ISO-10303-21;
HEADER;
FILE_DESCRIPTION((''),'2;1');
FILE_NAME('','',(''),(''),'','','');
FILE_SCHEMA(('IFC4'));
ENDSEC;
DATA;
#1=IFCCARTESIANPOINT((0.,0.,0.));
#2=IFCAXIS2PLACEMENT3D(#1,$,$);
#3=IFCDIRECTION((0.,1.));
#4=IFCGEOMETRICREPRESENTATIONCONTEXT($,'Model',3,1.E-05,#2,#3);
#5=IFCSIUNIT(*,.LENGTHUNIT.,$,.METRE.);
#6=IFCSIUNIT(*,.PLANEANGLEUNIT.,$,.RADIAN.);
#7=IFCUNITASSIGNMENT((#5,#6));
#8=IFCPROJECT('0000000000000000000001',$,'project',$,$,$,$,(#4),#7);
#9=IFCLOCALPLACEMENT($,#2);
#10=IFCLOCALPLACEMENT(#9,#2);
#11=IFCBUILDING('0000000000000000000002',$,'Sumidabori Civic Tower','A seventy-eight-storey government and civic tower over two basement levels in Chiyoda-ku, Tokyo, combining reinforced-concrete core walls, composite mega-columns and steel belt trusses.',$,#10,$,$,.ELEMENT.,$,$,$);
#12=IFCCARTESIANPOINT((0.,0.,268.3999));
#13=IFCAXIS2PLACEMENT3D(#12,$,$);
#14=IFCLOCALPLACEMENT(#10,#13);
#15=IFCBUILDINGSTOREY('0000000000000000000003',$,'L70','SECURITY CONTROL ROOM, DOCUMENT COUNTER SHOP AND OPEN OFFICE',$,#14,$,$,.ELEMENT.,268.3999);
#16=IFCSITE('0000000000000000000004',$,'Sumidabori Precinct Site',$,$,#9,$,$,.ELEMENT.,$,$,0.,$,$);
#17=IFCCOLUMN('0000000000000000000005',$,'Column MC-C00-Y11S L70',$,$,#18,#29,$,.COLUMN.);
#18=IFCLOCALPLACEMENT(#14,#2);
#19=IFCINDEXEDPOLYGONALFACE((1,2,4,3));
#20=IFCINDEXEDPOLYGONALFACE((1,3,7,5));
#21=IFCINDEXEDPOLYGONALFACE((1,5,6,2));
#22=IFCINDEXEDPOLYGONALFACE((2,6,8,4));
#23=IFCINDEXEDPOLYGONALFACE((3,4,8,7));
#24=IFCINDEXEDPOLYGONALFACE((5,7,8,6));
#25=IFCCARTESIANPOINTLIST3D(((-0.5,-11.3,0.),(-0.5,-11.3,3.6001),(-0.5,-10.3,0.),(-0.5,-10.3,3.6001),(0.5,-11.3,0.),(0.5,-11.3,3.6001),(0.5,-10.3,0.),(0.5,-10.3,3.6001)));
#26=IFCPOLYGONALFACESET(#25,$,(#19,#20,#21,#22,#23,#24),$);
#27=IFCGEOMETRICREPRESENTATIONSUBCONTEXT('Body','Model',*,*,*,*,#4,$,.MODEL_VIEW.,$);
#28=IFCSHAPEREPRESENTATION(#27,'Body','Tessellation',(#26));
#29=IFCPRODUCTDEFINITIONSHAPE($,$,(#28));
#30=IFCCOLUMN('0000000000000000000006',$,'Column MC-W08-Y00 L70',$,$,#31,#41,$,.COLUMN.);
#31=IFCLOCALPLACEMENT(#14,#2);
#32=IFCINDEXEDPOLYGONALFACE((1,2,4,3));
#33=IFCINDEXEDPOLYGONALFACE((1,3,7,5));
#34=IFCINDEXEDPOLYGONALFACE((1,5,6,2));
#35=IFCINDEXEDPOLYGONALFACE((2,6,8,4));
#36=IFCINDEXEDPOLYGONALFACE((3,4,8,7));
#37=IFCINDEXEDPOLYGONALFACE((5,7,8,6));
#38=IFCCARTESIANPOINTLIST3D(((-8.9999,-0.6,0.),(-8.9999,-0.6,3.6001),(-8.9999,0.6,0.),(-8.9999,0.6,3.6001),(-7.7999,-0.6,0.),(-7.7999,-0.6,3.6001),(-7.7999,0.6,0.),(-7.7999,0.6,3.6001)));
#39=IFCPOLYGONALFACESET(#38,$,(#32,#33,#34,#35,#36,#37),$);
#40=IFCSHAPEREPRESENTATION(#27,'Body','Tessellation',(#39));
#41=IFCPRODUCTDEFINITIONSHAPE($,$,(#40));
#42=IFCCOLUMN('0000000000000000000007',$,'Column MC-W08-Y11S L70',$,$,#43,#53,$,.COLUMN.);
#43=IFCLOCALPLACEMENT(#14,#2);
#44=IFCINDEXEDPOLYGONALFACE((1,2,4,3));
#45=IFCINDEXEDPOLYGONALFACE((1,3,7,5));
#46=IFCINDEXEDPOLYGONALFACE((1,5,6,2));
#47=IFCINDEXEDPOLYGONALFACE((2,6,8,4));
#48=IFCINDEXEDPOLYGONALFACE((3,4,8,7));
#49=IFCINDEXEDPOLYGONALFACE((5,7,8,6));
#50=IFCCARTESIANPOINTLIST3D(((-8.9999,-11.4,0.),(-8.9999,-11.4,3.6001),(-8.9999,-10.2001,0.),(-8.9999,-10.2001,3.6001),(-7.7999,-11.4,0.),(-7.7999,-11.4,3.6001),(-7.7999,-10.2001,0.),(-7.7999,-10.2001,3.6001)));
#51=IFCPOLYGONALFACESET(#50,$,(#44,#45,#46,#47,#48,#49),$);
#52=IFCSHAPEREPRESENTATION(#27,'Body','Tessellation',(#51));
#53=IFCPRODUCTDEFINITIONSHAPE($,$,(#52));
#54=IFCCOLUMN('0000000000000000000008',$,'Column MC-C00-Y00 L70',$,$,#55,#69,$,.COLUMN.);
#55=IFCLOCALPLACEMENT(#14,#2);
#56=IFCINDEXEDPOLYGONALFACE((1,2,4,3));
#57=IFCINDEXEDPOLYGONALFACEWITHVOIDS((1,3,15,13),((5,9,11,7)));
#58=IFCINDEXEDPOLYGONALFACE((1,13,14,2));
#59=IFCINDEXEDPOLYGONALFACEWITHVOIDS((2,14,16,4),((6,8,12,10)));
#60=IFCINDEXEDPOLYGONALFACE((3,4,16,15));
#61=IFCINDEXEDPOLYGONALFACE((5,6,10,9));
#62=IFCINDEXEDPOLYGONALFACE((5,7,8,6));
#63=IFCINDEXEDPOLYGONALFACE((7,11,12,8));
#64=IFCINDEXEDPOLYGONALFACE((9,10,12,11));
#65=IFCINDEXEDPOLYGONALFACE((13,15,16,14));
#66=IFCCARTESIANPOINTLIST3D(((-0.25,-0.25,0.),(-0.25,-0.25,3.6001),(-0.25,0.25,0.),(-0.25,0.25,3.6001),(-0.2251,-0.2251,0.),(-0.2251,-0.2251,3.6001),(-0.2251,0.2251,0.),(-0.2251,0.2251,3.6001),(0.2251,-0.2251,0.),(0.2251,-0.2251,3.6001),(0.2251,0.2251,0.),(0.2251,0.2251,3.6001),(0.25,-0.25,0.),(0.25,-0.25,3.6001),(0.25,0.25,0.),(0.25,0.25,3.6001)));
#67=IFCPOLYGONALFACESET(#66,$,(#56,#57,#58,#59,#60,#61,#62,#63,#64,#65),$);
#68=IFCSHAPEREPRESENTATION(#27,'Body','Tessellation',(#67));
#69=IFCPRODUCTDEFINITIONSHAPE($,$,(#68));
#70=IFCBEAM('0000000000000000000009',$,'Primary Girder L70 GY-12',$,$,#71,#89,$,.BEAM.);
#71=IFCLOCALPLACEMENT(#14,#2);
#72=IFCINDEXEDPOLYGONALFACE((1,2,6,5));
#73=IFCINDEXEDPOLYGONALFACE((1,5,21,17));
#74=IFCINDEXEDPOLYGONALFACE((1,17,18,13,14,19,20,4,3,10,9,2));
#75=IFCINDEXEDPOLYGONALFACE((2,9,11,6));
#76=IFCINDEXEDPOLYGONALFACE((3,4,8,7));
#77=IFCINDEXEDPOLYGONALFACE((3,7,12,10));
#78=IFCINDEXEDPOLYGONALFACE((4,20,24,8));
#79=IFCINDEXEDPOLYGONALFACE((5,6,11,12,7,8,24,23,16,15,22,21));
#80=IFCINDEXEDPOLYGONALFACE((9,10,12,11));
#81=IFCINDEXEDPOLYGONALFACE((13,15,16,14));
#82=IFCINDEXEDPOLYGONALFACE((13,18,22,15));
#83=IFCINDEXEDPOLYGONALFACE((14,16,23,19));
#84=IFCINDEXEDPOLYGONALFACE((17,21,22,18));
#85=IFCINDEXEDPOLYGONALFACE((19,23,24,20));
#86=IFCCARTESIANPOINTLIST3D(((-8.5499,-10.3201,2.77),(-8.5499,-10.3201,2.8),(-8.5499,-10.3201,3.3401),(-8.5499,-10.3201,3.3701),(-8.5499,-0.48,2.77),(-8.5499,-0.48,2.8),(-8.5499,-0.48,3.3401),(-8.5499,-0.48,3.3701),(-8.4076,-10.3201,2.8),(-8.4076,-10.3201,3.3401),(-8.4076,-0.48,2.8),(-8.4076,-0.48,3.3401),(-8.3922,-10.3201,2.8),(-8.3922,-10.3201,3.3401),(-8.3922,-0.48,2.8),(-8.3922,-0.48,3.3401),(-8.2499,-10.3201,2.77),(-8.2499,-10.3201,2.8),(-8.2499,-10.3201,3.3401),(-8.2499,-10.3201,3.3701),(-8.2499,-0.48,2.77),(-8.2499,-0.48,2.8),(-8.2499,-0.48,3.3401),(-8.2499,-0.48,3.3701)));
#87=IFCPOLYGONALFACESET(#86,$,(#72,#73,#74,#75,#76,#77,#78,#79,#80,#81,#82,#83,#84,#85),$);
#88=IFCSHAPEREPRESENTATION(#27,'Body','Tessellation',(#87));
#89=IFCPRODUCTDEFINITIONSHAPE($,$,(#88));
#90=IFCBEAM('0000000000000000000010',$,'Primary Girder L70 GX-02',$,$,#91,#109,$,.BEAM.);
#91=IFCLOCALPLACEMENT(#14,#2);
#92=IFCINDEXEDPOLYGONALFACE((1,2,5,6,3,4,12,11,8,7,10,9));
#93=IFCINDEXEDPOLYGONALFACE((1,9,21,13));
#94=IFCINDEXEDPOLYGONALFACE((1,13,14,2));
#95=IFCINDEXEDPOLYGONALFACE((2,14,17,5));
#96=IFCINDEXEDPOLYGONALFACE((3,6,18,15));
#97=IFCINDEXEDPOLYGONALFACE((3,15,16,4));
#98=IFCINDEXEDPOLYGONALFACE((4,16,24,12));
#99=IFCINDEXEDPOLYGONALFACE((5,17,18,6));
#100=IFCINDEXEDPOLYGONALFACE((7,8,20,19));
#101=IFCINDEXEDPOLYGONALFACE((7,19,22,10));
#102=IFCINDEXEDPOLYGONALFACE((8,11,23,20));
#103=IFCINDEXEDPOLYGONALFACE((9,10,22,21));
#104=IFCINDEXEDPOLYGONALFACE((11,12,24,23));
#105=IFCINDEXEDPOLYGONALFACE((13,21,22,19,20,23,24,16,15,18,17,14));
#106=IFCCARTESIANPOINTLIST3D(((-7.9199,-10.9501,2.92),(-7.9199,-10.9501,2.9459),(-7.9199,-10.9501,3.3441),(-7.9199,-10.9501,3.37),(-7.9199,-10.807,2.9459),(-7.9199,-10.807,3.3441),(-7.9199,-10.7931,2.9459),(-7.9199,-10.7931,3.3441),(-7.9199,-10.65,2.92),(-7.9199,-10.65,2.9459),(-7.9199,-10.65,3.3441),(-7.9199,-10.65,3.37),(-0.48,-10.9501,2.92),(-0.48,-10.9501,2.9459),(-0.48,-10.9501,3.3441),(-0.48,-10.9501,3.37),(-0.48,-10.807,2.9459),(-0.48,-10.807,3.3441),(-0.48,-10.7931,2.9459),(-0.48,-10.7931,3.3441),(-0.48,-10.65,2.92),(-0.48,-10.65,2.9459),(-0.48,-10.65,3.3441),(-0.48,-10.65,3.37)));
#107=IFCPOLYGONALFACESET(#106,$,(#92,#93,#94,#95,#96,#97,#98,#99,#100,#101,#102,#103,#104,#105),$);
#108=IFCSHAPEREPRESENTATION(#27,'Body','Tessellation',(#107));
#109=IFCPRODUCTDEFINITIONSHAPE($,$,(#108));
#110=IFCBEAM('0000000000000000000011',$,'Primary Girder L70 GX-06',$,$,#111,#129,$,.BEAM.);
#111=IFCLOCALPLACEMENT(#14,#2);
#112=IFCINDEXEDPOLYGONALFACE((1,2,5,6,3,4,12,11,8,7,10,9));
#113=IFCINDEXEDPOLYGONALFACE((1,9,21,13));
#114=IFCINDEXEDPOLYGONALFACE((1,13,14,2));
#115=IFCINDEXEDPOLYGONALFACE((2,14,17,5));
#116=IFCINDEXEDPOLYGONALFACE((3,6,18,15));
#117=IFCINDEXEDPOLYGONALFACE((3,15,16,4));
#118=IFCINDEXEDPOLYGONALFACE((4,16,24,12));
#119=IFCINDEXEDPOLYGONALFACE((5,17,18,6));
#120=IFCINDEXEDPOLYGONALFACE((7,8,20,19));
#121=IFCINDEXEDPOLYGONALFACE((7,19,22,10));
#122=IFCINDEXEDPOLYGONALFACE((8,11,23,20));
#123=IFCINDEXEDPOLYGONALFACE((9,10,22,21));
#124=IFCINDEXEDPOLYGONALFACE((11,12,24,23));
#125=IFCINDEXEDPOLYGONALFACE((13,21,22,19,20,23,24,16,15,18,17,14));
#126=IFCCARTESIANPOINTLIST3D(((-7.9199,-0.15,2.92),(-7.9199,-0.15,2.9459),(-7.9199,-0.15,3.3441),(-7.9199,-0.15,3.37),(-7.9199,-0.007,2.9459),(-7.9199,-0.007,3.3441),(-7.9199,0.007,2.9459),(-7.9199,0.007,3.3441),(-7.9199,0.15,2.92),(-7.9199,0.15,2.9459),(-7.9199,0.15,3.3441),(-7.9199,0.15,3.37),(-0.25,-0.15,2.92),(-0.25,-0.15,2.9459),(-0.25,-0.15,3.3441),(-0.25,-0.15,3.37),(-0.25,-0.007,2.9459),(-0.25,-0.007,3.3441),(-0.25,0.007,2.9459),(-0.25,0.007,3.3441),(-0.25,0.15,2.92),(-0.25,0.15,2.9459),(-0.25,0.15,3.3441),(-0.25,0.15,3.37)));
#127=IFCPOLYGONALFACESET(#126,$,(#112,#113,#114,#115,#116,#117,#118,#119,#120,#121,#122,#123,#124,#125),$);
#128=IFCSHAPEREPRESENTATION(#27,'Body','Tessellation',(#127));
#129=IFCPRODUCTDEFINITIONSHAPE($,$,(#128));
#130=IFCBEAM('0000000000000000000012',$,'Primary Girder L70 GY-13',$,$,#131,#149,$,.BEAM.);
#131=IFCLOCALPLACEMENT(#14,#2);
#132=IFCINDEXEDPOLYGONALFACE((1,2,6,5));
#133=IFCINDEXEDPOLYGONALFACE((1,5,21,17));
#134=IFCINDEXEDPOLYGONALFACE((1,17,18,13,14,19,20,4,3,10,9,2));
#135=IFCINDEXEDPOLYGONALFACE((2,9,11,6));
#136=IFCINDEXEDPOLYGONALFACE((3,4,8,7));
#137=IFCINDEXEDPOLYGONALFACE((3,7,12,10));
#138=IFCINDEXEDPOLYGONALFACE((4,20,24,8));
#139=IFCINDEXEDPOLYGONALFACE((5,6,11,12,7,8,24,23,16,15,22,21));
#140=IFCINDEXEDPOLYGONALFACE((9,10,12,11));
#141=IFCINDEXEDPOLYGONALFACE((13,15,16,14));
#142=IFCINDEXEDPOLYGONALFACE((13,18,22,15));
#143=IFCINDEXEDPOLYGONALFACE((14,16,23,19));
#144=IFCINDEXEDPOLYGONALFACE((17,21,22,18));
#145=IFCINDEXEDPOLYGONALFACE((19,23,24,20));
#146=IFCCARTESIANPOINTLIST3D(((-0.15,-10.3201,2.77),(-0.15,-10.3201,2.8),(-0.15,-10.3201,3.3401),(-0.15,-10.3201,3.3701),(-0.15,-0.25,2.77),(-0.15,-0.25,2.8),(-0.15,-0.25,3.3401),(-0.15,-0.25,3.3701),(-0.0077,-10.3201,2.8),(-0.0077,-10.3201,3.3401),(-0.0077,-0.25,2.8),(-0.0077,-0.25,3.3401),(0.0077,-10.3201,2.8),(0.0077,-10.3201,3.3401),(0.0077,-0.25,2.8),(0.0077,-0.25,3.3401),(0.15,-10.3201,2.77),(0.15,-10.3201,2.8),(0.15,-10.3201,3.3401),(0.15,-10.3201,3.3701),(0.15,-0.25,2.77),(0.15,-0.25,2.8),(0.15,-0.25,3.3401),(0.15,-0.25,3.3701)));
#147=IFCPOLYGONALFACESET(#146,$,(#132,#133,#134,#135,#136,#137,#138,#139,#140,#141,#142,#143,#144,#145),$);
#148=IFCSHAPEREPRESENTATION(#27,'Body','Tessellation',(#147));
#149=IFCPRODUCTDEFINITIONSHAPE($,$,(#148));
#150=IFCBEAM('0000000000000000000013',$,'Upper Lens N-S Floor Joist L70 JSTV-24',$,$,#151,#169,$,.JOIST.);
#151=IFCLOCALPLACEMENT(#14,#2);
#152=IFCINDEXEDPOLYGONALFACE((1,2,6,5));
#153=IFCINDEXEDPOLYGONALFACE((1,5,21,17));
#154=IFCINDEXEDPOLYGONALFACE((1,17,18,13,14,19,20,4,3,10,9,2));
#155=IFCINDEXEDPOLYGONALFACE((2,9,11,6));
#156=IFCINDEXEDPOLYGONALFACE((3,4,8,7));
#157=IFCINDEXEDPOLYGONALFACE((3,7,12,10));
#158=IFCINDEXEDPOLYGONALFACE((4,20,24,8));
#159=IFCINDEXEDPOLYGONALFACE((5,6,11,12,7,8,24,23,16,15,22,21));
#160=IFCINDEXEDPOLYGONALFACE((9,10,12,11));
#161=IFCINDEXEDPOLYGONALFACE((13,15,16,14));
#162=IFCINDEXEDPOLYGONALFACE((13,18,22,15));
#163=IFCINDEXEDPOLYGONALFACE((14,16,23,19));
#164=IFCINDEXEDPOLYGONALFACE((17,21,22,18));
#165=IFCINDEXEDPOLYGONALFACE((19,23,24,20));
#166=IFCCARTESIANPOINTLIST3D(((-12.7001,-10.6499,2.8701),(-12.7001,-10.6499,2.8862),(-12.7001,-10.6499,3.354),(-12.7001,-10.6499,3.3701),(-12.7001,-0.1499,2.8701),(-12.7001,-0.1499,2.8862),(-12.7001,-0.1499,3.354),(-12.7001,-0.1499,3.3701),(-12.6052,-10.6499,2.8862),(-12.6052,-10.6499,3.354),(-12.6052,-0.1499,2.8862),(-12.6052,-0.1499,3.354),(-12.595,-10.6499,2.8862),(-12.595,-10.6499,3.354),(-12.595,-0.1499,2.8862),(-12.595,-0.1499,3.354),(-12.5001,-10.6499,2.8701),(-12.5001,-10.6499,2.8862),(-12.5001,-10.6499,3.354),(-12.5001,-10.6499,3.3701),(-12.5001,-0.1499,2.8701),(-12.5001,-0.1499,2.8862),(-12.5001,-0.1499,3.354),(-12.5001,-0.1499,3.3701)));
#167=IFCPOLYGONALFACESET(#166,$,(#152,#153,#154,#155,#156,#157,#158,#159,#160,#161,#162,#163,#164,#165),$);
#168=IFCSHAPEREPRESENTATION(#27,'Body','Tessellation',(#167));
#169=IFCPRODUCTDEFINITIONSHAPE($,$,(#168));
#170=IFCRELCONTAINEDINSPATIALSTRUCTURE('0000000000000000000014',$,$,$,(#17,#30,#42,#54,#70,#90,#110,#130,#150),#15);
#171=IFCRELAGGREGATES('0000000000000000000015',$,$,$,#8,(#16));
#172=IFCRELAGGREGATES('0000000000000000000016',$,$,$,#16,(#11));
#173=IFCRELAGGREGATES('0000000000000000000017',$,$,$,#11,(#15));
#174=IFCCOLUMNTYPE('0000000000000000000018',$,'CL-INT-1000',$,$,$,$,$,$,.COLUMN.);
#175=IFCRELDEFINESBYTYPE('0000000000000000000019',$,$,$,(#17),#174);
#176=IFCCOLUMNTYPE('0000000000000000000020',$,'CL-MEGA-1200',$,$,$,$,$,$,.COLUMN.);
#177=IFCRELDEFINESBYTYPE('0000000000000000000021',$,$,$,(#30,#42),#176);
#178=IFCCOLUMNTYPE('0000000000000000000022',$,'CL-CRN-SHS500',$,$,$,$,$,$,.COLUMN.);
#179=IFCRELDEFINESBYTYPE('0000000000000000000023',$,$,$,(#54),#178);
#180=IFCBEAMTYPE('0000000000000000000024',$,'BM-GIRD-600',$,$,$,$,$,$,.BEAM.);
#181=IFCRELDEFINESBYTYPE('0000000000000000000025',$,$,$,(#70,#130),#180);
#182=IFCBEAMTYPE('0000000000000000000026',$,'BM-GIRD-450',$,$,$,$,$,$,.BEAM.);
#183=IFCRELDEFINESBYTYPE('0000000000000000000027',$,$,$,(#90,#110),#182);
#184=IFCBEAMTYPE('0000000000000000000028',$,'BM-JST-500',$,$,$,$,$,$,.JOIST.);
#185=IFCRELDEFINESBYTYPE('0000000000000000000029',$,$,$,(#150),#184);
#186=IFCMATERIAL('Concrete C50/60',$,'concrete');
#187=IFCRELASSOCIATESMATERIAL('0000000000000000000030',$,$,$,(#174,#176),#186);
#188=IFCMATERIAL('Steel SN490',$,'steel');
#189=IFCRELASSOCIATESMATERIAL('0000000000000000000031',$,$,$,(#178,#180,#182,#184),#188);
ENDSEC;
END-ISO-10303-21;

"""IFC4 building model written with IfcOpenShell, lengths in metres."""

from ifc_helpers import new_model, si_unit, direction, frame, origin, origin_with_axes, origin_2d, place, context, subcontext, project, spatial, rectangle, hollow_rectangle, i_section, extrude, source, transform, mapped, material, material_profile, profile_set, type_object, element, save


model = new_model("IFC4")

# Units and contexts
model_context = context("Model", 3, precision=1e-05, world=origin(), true_north=direction((0.0, 1.0)))
body_context = subcontext(model_context, "Body", "Model", "MODEL_VIEW")
ifc_project = project(units=[si_unit("LENGTHUNIT", "METRE"), si_unit("PLANEANGLEUNIT", "RADIAN")], contexts=[model_context])

# Site, building, storey
site_placement = place(None, origin())
site = spatial("IfcSite", under=ifc_project, at=site_placement, Name="Sumidabori Precinct Site", CompositionType="ELEMENT", RefElevation=0.0)
building_placement = place(site_placement, origin())
building = spatial("IfcBuilding", under=site, at=building_placement, Name="Sumidabori Civic Tower", Description="A seventy-eight-storey government and civic tower over two basement levels in Chiyoda-ku, Tokyo, combining reinforced-concrete core walls, composite mega-columns and steel belt trusses.", CompositionType="ELEMENT")
storey_placement = place(building_placement, frame((0.0, 0.0, 268.3999)))
storey = spatial("IfcBuildingStorey", under=building, at=storey_placement, Name="L70", Description="SECURITY CONTROL ROOM, DOCUMENT COUNTER SHOP AND OPEN OFFICE", CompositionType="ELEMENT", Elevation=268.3999)

# Columns
ifc_material_1 = material(Name="Concrete C50/60", Category="concrete")
ifc_material_profile_1 = material_profile(ifc_material_1, rectangle(XDim=1.0, YDim=1.0, at=origin_2d()), Name="RC 1000x1000")
ifc_profile_set_1 = profile_set([ifc_material_profile_1], Name="Concrete C50/60")
column_type_1 = type_object("IfcColumnType", Name="CL-INT-1000", PredefinedType="COLUMN", material=ifc_profile_set_1)
shared_shape_1 = source(origin(), body_context, "Body", "SweptSolid", [
    extrude(rectangle(XDim=1.0, YDim=1.0, at=origin_2d()), origin(), (0.0, 0.0, 1.0), 3.6001),
])
column_1_placement = place(storey_placement, frame((0.0, -10.8, 0.0), z_axis=(0.0, 0.0, 1.0), x_axis=(1.0, 0.0, 0.0)))
element("IfcColumn", 1, at=column_1_placement, inside=storey, type_object=column_type_1, Name="Column MC-C00-Y11S L70", PredefinedType="COLUMN", context=body_context, shape_type="MappedRepresentation", body=[
    mapped(shared_shape_1, transform((0.0, 0.0, 0.0), x_axis=(1.0, 0.0, 0.0), y_axis=(0.0, 1.0, 0.0), z_axis=(0.0, 0.0, 1.0), scale=1.0)),
])
ifc_material_profile_2 = material_profile(ifc_material_1, rectangle(XDim=1.2, YDim=1.2, at=origin_2d()), Name="RC 1200x1200")
ifc_profile_set_2 = profile_set([ifc_material_profile_2], Name="Concrete C50/60")
column_type_2 = type_object("IfcColumnType", Name="CL-MEGA-1200", PredefinedType="COLUMN", material=ifc_profile_set_2)
shared_shape_2 = source(origin(), body_context, "Body", "SweptSolid", [
    extrude(rectangle(XDim=1.2, YDim=1.2, at=origin_2d()), origin(), (0.0, 0.0, 1.0), 3.6001),
])
for number, where, z_axis, x_axis, name in (
    (2, (-8.3999, 0.0, 0.0), (0.0, 0.0, 1.0), (1.0, 0.0, 0.0), "Column MC-W08-Y00 L70"),
    (3, (-8.3999, -10.8, 0.0), (0.0, 0.0, 1.0), (1.0, 0.0, 0.0), "Column MC-W08-Y11S L70"),
):
    element("IfcColumn", number, at=place(storey_placement, frame(where, z_axis=z_axis, x_axis=x_axis)), inside=storey, type_object=column_type_2, Name=name, PredefinedType="COLUMN", context=body_context, shape_type="MappedRepresentation", body=[
        mapped(shared_shape_2, transform((0.0, 0.0, 0.0), x_axis=(1.0, 0.0, 0.0), y_axis=(0.0, 1.0, 0.0), z_axis=(0.0, 0.0, 1.0), scale=1.0)),
    ])
ifc_material_2 = material(Name="Steel SN490", Category="steel")
ifc_material_profile_3 = material_profile(ifc_material_2, hollow_rectangle(XDim=0.5, YDim=0.5, WallThickness=0.0249, at=origin_2d()), Name="SHS 500x500x25")
ifc_profile_set_3 = profile_set([ifc_material_profile_3], Name="Steel SN490")
column_type_3 = type_object("IfcColumnType", Name="CL-CRN-SHS500", PredefinedType="COLUMN", material=ifc_profile_set_3)
shared_shape_3 = source(origin(), body_context, "Body", "SweptSolid", [
    extrude(hollow_rectangle(XDim=0.5, YDim=0.5, WallThickness=0.0249, at=origin_2d()), origin(), (0.0, 0.0, 1.0), 3.6001),
])
column_2_placement = place(storey_placement, origin_with_axes())
element("IfcColumn", 4, at=column_2_placement, inside=storey, type_object=column_type_3, Name="Column MC-C00-Y00 L70", PredefinedType="COLUMN", context=body_context, shape_type="MappedRepresentation", body=[
    mapped(shared_shape_3, transform((0.0, 0.0, 0.0), x_axis=(1.0, 0.0, 0.0), y_axis=(0.0, 1.0, 0.0), z_axis=(0.0, 0.0, 1.0), scale=1.0)),
])

# Beams
ifc_material_profile_4 = material_profile(ifc_material_2, i_section(OverallWidth=0.3, OverallDepth=0.6001, WebThickness=0.0154, FlangeThickness=0.03, at=origin_2d()), Name="HE 600 B")
ifc_profile_set_4 = profile_set([ifc_material_profile_4], Name="Steel SN490")
beam_type_1 = type_object("IfcBeamType", Name="BM-GIRD-600", PredefinedType="BEAM", material=ifc_profile_set_4)
shared_shape_4 = source(origin(), body_context, "Body", "SweptSolid", [
    extrude(i_section(OverallWidth=0.3, OverallDepth=0.6001, WebThickness=0.0154, FlangeThickness=0.03, at=origin_2d()), origin(), (0.0, 0.0, 1.0), 9.8401),
])
beam_1_placement = place(storey_placement, frame((-8.3999, -10.3201, 3.0701), z_axis=(0.0, 1.0, 0.0), x_axis=(-1.0, 0.0, 0.0)))
element("IfcBeam", 5, at=beam_1_placement, inside=storey, type_object=beam_type_1, Name="Primary Girder L70 GY-12", PredefinedType="BEAM", context=body_context, shape_type="MappedRepresentation", body=[
    mapped(shared_shape_4, transform((0.0, 0.0, 0.0), x_axis=(1.0, 0.0, 0.0), y_axis=(0.0, 1.0, 0.0), z_axis=(0.0, 0.0, 1.0), scale=1.0)),
])
ifc_material_profile_5 = material_profile(ifc_material_2, i_section(OverallWidth=0.3, OverallDepth=0.45, WebThickness=0.0139, FlangeThickness=0.0259, at=origin_2d()), Name="HE 450 B")
ifc_profile_set_5 = profile_set([ifc_material_profile_5], Name="Steel SN490")
beam_type_2 = type_object("IfcBeamType", Name="BM-GIRD-450", PredefinedType="BEAM", material=ifc_profile_set_5)
shared_shape_5 = source(origin(), body_context, "Body", "SweptSolid", [
    extrude(i_section(OverallWidth=0.3, OverallDepth=0.45, WebThickness=0.0139, FlangeThickness=0.0259, at=origin_2d()), origin(), (0.0, 0.0, 1.0), 7.4399),
])
beam_2_placement = place(storey_placement, frame((-7.9199, -10.8, 3.145), z_axis=(1.0, 0.0, 0.0), x_axis=(0.0, 1.0, 0.0)))
element("IfcBeam", 6, at=beam_2_placement, inside=storey, type_object=beam_type_2, Name="Primary Girder L70 GX-02", PredefinedType="BEAM", context=body_context, shape_type="MappedRepresentation", body=[
    mapped(shared_shape_5, transform((0.0, 0.0, 0.0), x_axis=(1.0, 0.0, 0.0), y_axis=(0.0, 1.0, 0.0), z_axis=(0.0, 0.0, 1.0), scale=1.0)),
])
shared_shape_6 = source(origin(), body_context, "Body", "SweptSolid", [
    extrude(i_section(OverallWidth=0.3, OverallDepth=0.45, WebThickness=0.0139, FlangeThickness=0.0259, at=origin_2d()), origin(), (0.0, 0.0, 1.0), 7.6699),
])
beam_3_placement = place(storey_placement, frame((-7.9199, 0.0, 3.145), z_axis=(1.0, 0.0, 0.0), x_axis=(0.0, 1.0, 0.0)))
element("IfcBeam", 7, at=beam_3_placement, inside=storey, type_object=beam_type_2, Name="Primary Girder L70 GX-06", PredefinedType="BEAM", context=body_context, shape_type="MappedRepresentation", body=[
    mapped(shared_shape_6, transform((0.0, 0.0, 0.0), x_axis=(1.0, 0.0, 0.0), y_axis=(0.0, 1.0, 0.0), z_axis=(0.0, 0.0, 1.0), scale=1.0)),
])
shared_shape_7 = source(origin(), body_context, "Body", "SweptSolid", [
    extrude(i_section(OverallWidth=0.3, OverallDepth=0.6001, WebThickness=0.0154, FlangeThickness=0.03, at=origin_2d()), origin(), (0.0, 0.0, 1.0), 10.0701),
])
beam_4_placement = place(storey_placement, frame((0.0, -10.3201, 3.0701), z_axis=(0.0, 1.0, 0.0), x_axis=(-1.0, 0.0, 0.0)))
element("IfcBeam", 8, at=beam_4_placement, inside=storey, type_object=beam_type_1, Name="Primary Girder L70 GY-13", PredefinedType="BEAM", context=body_context, shape_type="MappedRepresentation", body=[
    mapped(shared_shape_7, transform((0.0, 0.0, 0.0), x_axis=(1.0, 0.0, 0.0), y_axis=(0.0, 1.0, 0.0), z_axis=(0.0, 0.0, 1.0), scale=1.0)),
])
ifc_material_profile_6 = material_profile(ifc_material_2, i_section(OverallWidth=0.2, OverallDepth=0.5, WebThickness=0.0103, FlangeThickness=0.0161, at=origin_2d()), Name="IPE 500")
ifc_profile_set_6 = profile_set([ifc_material_profile_6], Name="Steel SN490")
beam_type_3 = type_object("IfcBeamType", Name="BM-JST-500", PredefinedType="JOIST", material=ifc_profile_set_6)
shared_shape_8 = source(origin(), body_context, "Body", "SweptSolid", [
    extrude(i_section(OverallWidth=0.2, OverallDepth=0.5, WebThickness=0.0103, FlangeThickness=0.0161, at=origin_2d()), origin(), (0.0, 0.0, 1.0), 10.5),
])
for number, where, z_axis, x_axis, name in (
    (9, (-12.6001, -10.6499, 3.1201), (0.0, 1.0, 0.0), (-1.0, 0.0, 0.0), "Upper Lens N-S Floor Joist L70 JSTV-24"),
):
    element("IfcBeam", number, at=place(storey_placement, frame(where, z_axis=z_axis, x_axis=x_axis)), inside=storey, type_object=beam_type_3, Name=name, PredefinedType="JOIST", context=body_context, shape_type="MappedRepresentation", body=[
        mapped(shared_shape_8, transform((0.0, 0.0, 0.0), x_axis=(1.0, 0.0, 0.0), y_axis=(0.0, 1.0, 0.0), z_axis=(0.0, 0.0, 1.0), scale=1.0)),
    ])

save(model, "model.ifc")
